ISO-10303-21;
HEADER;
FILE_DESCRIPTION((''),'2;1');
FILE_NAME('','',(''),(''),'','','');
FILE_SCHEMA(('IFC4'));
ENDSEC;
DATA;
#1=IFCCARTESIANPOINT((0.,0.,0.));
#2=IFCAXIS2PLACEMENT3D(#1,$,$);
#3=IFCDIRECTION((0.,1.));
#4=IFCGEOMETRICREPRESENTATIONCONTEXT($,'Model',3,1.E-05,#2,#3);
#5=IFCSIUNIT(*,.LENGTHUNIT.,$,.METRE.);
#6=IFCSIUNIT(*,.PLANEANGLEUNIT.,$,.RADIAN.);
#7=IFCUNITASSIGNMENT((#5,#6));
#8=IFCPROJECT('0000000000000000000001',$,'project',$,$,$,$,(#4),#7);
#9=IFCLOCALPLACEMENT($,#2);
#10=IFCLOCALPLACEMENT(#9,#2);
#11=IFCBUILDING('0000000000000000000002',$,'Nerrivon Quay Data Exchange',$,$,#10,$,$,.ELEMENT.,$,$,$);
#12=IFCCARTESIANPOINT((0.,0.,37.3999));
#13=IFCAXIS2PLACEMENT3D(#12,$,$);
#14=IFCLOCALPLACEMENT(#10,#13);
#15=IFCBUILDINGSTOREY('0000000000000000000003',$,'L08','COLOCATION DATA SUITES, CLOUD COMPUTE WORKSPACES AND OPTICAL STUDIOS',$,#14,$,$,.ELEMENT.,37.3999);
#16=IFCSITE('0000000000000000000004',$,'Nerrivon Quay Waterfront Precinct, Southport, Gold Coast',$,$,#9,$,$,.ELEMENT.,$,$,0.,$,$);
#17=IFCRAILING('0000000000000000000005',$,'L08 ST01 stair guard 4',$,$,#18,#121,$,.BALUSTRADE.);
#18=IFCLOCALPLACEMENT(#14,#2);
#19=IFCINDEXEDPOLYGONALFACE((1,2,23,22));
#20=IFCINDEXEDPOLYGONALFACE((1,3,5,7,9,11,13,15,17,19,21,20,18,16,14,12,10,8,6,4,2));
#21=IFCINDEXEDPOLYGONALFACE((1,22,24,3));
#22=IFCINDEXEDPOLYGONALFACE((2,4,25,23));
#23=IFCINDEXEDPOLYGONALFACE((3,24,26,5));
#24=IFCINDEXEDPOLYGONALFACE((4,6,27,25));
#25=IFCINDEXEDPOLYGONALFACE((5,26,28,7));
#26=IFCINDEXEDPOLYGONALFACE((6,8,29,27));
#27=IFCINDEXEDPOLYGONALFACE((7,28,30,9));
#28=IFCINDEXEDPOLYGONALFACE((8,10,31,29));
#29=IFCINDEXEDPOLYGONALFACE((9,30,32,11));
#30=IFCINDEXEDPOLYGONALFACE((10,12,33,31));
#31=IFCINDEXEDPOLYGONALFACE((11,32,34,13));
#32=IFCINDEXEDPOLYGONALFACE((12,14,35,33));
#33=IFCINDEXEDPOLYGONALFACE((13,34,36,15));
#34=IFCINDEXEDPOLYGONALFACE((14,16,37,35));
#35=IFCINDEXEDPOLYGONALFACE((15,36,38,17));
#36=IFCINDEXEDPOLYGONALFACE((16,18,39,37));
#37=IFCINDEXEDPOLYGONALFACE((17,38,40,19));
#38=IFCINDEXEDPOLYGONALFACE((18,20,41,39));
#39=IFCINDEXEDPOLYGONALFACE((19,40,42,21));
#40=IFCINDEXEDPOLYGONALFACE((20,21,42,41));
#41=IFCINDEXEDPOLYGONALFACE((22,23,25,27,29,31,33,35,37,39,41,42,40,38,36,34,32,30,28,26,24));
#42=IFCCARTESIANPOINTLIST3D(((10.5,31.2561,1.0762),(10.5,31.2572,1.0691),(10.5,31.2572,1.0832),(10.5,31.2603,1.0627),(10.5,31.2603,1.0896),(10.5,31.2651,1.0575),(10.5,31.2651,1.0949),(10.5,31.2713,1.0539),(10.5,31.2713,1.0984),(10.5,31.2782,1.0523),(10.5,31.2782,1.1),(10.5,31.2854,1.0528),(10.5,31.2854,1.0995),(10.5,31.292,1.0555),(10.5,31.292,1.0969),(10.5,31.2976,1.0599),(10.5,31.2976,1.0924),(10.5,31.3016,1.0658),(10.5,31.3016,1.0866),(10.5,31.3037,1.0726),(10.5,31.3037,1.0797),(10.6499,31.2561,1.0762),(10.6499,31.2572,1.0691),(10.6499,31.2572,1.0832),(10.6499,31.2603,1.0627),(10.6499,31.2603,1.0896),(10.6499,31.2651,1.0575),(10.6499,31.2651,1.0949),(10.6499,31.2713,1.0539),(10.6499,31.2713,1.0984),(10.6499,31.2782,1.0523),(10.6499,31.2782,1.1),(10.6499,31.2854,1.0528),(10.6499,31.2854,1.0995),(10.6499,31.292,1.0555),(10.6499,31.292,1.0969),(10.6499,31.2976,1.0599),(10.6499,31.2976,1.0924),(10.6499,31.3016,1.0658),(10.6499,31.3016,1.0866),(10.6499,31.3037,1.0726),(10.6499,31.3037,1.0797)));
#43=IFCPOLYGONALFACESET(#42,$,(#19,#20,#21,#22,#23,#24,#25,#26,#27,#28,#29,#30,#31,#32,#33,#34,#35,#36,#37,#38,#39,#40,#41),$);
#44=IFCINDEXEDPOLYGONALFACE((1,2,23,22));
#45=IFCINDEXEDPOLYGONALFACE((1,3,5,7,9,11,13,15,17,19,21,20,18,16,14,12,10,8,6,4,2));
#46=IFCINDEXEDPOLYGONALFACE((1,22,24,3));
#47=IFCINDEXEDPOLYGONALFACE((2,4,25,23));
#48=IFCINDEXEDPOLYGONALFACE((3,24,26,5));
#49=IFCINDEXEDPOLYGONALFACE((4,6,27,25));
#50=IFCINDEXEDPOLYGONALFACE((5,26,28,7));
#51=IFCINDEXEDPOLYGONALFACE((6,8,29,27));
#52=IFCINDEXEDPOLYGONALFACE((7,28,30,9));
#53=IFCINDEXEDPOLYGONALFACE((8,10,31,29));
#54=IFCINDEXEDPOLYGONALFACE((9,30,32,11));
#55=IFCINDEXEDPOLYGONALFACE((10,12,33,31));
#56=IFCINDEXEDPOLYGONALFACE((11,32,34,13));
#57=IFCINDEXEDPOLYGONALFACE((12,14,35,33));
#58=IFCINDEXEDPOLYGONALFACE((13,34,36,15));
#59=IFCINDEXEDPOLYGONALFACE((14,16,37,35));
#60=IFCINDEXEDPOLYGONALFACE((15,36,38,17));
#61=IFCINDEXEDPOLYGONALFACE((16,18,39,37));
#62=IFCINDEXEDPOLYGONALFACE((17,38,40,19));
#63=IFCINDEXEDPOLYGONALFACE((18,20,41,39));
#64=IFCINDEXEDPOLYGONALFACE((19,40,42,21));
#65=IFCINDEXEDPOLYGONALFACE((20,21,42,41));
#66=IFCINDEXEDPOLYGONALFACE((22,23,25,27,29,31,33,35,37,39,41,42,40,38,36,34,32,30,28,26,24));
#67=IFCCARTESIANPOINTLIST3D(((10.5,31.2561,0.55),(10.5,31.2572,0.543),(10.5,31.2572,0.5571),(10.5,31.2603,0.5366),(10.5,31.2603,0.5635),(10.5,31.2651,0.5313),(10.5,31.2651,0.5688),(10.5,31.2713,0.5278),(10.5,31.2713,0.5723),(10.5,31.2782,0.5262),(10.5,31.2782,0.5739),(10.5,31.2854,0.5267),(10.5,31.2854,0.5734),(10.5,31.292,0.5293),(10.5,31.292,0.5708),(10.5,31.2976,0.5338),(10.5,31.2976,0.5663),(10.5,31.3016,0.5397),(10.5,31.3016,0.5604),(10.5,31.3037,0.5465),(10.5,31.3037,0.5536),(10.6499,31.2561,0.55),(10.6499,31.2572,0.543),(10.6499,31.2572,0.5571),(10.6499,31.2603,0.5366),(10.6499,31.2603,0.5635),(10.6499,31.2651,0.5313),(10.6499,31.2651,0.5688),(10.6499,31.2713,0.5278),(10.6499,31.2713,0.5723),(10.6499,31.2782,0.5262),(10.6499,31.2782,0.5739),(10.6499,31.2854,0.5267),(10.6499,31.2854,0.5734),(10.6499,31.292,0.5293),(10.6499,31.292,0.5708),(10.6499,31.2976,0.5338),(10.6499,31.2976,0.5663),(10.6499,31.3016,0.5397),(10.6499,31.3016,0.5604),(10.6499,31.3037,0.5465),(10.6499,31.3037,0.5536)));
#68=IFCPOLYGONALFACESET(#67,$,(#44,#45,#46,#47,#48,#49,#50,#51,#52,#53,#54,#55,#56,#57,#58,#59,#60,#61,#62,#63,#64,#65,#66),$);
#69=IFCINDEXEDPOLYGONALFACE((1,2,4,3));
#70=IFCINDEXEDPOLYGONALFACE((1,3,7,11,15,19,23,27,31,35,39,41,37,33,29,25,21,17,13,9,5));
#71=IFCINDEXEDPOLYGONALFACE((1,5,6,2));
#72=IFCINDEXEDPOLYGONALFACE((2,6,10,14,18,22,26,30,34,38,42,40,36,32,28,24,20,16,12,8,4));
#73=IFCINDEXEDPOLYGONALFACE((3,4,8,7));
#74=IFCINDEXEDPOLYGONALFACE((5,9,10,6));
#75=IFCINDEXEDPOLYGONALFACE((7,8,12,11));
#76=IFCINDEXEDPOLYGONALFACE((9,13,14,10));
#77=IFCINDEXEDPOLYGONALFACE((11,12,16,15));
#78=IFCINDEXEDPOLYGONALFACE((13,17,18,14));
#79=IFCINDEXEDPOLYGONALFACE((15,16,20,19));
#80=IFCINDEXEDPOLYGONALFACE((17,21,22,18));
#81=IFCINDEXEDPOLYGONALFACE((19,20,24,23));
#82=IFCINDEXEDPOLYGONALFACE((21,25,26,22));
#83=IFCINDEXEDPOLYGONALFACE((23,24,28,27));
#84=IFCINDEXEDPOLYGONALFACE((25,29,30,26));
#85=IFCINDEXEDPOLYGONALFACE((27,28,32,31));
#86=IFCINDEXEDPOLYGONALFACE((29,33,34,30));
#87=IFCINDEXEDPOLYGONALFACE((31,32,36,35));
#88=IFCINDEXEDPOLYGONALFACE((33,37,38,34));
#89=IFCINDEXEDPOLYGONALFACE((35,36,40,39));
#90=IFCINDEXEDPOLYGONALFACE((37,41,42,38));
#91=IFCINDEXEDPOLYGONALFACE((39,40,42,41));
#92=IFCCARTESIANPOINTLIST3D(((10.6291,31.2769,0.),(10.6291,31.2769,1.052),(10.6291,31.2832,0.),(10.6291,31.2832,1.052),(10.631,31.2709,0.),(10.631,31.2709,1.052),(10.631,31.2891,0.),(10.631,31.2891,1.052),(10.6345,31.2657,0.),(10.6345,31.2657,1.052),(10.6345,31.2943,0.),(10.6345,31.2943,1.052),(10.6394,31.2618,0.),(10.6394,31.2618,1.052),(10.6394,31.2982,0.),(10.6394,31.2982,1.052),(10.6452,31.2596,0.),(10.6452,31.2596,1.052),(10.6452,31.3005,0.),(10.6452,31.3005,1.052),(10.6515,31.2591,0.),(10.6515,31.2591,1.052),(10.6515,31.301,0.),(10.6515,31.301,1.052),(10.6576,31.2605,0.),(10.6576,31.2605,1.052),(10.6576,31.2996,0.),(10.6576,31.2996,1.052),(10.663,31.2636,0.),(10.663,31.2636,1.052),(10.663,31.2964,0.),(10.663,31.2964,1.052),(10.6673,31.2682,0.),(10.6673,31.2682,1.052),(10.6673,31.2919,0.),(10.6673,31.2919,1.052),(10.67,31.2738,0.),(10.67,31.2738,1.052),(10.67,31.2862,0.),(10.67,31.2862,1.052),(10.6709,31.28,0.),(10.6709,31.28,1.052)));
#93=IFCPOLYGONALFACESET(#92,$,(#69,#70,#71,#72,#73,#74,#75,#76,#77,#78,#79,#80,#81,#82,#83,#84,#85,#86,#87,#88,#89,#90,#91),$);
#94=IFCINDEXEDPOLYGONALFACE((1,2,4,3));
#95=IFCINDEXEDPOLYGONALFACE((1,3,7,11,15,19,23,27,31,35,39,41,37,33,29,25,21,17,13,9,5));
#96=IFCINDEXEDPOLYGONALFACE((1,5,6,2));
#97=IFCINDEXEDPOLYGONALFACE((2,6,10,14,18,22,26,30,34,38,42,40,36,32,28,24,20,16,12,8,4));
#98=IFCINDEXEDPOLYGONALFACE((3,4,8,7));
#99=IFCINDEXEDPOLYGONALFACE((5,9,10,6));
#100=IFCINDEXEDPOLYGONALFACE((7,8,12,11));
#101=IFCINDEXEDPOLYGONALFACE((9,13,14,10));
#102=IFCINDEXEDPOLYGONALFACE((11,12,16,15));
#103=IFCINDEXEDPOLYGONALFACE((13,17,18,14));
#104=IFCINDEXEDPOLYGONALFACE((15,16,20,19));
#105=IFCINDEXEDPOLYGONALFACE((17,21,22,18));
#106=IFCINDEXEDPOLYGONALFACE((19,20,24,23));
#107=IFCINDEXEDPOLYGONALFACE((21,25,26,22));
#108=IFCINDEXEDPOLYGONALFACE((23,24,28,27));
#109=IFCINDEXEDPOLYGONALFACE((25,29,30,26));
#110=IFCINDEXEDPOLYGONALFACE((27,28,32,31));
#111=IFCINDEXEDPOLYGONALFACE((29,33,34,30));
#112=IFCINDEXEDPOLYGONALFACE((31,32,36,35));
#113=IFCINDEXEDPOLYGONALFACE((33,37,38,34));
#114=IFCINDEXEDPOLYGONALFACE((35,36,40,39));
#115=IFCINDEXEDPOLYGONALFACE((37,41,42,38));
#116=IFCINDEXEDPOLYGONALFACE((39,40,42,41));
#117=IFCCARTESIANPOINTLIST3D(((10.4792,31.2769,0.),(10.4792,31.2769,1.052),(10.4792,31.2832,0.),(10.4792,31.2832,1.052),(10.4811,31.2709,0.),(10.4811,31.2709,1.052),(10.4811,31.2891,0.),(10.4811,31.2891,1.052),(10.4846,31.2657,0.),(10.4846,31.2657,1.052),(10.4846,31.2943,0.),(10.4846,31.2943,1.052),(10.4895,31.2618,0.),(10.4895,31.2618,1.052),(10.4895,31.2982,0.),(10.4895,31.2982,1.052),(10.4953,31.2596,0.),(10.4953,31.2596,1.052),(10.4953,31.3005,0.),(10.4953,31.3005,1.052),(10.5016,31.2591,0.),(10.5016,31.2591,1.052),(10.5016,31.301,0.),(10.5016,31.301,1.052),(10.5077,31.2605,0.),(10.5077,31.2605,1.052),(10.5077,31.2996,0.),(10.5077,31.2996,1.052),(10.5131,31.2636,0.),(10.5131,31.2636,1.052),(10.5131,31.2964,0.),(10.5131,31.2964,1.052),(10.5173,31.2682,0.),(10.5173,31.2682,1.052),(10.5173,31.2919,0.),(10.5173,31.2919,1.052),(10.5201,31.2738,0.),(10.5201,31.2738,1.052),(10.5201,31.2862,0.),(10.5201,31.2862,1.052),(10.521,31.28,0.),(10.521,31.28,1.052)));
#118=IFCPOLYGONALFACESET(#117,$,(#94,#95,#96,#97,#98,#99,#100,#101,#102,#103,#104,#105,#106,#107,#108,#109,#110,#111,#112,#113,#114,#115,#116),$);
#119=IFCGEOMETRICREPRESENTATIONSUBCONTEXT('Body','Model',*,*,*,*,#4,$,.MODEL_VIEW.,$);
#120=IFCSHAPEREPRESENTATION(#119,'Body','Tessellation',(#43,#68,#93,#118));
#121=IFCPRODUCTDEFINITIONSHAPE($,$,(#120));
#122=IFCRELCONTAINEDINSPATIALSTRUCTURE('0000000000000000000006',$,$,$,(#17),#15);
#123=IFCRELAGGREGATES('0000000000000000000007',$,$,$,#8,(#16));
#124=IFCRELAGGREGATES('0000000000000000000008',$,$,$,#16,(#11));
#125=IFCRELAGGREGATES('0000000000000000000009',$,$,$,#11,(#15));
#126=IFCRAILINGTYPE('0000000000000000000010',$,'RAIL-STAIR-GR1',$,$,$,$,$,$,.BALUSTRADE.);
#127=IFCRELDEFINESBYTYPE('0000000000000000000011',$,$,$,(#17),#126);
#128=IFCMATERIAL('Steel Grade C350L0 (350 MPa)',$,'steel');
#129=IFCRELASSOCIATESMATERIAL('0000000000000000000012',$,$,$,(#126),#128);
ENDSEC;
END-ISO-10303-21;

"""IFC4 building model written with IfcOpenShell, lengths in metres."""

from ifc_helpers import new_model, si_unit, direction, frame, origin, origin_2d, place, context, subcontext, project, spatial, circle, extrude, material, type_object, element, save


model = new_model("IFC4")

# Units and contexts
model_context = context("Model", 3, precision=1e-05, world=origin(), true_north=direction((0.0, 1.0)))
body_context = subcontext(model_context, "Body", "Model", "MODEL_VIEW")
ifc_project = project(units=[si_unit("LENGTHUNIT", "METRE"), si_unit("PLANEANGLEUNIT", "RADIAN")], contexts=[model_context])

# Site, building, storey
site_placement = place(None, origin())
site = spatial("IfcSite", under=ifc_project, at=site_placement, Name="Nerrivon Quay Waterfront Precinct, Southport, Gold Coast", CompositionType="ELEMENT", RefElevation=0.0)
building_placement = place(site_placement, origin())
building = spatial("IfcBuilding", under=site, at=building_placement, Name="Nerrivon Quay Data Exchange", CompositionType="ELEMENT")
storey_placement = place(building_placement, frame((0.0, 0.0, 37.3999)))
storey = spatial("IfcBuildingStorey", under=building, at=storey_placement, Name="L08", Description="COLOCATION DATA SUITES, CLOUD COMPUTE WORKSPACES AND OPTICAL STUDIOS", CompositionType="ELEMENT", Elevation=37.3999)

# Railing
ifc_material_1 = material(Name="Steel Grade C350L0 (350 MPa)", Category="steel")
railing_type_1 = type_object("IfcRailingType", Name="RAIL-STAIR-GR1", PredefinedType="BALUSTRADE", material=ifc_material_1)
railing_1_placement = place(storey_placement, frame((10.6499, 31.28, 0.0)))
element("IfcRailing", 1, at=railing_1_placement, inside=storey, type_object=railing_type_1, Name="L08 ST01 stair guard 4", PredefinedType="BALUSTRADE", context=body_context, shape_type="SweptSolid", body=[
    extrude(circle(Radius=0.0239, at=origin_2d()), frame((0.0, 0.0, 1.0762), z_axis=(-1.0, 0.0, 0.0), x_axis=(0.0, -1.0, 0.0)), (0.0, 0.0, 1.0), 0.1499),
    extrude(circle(Radius=0.0239, at=origin_2d()), frame((0.0, 0.0, 0.55), z_axis=(-1.0, 0.0, 0.0), x_axis=(0.0, -1.0, 0.0)), (0.0, 0.0, 1.0), 0.1499),
    extrude(circle(Radius=0.021, at=origin_2d()), origin(), (0.0, 0.0, 1.0), 1.052),
    extrude(circle(Radius=0.021, at=origin_2d()), frame((-0.1499, 0.0, 0.0)), (0.0, 0.0, 1.0), 1.052),
])

save(model, "model.ifc")
